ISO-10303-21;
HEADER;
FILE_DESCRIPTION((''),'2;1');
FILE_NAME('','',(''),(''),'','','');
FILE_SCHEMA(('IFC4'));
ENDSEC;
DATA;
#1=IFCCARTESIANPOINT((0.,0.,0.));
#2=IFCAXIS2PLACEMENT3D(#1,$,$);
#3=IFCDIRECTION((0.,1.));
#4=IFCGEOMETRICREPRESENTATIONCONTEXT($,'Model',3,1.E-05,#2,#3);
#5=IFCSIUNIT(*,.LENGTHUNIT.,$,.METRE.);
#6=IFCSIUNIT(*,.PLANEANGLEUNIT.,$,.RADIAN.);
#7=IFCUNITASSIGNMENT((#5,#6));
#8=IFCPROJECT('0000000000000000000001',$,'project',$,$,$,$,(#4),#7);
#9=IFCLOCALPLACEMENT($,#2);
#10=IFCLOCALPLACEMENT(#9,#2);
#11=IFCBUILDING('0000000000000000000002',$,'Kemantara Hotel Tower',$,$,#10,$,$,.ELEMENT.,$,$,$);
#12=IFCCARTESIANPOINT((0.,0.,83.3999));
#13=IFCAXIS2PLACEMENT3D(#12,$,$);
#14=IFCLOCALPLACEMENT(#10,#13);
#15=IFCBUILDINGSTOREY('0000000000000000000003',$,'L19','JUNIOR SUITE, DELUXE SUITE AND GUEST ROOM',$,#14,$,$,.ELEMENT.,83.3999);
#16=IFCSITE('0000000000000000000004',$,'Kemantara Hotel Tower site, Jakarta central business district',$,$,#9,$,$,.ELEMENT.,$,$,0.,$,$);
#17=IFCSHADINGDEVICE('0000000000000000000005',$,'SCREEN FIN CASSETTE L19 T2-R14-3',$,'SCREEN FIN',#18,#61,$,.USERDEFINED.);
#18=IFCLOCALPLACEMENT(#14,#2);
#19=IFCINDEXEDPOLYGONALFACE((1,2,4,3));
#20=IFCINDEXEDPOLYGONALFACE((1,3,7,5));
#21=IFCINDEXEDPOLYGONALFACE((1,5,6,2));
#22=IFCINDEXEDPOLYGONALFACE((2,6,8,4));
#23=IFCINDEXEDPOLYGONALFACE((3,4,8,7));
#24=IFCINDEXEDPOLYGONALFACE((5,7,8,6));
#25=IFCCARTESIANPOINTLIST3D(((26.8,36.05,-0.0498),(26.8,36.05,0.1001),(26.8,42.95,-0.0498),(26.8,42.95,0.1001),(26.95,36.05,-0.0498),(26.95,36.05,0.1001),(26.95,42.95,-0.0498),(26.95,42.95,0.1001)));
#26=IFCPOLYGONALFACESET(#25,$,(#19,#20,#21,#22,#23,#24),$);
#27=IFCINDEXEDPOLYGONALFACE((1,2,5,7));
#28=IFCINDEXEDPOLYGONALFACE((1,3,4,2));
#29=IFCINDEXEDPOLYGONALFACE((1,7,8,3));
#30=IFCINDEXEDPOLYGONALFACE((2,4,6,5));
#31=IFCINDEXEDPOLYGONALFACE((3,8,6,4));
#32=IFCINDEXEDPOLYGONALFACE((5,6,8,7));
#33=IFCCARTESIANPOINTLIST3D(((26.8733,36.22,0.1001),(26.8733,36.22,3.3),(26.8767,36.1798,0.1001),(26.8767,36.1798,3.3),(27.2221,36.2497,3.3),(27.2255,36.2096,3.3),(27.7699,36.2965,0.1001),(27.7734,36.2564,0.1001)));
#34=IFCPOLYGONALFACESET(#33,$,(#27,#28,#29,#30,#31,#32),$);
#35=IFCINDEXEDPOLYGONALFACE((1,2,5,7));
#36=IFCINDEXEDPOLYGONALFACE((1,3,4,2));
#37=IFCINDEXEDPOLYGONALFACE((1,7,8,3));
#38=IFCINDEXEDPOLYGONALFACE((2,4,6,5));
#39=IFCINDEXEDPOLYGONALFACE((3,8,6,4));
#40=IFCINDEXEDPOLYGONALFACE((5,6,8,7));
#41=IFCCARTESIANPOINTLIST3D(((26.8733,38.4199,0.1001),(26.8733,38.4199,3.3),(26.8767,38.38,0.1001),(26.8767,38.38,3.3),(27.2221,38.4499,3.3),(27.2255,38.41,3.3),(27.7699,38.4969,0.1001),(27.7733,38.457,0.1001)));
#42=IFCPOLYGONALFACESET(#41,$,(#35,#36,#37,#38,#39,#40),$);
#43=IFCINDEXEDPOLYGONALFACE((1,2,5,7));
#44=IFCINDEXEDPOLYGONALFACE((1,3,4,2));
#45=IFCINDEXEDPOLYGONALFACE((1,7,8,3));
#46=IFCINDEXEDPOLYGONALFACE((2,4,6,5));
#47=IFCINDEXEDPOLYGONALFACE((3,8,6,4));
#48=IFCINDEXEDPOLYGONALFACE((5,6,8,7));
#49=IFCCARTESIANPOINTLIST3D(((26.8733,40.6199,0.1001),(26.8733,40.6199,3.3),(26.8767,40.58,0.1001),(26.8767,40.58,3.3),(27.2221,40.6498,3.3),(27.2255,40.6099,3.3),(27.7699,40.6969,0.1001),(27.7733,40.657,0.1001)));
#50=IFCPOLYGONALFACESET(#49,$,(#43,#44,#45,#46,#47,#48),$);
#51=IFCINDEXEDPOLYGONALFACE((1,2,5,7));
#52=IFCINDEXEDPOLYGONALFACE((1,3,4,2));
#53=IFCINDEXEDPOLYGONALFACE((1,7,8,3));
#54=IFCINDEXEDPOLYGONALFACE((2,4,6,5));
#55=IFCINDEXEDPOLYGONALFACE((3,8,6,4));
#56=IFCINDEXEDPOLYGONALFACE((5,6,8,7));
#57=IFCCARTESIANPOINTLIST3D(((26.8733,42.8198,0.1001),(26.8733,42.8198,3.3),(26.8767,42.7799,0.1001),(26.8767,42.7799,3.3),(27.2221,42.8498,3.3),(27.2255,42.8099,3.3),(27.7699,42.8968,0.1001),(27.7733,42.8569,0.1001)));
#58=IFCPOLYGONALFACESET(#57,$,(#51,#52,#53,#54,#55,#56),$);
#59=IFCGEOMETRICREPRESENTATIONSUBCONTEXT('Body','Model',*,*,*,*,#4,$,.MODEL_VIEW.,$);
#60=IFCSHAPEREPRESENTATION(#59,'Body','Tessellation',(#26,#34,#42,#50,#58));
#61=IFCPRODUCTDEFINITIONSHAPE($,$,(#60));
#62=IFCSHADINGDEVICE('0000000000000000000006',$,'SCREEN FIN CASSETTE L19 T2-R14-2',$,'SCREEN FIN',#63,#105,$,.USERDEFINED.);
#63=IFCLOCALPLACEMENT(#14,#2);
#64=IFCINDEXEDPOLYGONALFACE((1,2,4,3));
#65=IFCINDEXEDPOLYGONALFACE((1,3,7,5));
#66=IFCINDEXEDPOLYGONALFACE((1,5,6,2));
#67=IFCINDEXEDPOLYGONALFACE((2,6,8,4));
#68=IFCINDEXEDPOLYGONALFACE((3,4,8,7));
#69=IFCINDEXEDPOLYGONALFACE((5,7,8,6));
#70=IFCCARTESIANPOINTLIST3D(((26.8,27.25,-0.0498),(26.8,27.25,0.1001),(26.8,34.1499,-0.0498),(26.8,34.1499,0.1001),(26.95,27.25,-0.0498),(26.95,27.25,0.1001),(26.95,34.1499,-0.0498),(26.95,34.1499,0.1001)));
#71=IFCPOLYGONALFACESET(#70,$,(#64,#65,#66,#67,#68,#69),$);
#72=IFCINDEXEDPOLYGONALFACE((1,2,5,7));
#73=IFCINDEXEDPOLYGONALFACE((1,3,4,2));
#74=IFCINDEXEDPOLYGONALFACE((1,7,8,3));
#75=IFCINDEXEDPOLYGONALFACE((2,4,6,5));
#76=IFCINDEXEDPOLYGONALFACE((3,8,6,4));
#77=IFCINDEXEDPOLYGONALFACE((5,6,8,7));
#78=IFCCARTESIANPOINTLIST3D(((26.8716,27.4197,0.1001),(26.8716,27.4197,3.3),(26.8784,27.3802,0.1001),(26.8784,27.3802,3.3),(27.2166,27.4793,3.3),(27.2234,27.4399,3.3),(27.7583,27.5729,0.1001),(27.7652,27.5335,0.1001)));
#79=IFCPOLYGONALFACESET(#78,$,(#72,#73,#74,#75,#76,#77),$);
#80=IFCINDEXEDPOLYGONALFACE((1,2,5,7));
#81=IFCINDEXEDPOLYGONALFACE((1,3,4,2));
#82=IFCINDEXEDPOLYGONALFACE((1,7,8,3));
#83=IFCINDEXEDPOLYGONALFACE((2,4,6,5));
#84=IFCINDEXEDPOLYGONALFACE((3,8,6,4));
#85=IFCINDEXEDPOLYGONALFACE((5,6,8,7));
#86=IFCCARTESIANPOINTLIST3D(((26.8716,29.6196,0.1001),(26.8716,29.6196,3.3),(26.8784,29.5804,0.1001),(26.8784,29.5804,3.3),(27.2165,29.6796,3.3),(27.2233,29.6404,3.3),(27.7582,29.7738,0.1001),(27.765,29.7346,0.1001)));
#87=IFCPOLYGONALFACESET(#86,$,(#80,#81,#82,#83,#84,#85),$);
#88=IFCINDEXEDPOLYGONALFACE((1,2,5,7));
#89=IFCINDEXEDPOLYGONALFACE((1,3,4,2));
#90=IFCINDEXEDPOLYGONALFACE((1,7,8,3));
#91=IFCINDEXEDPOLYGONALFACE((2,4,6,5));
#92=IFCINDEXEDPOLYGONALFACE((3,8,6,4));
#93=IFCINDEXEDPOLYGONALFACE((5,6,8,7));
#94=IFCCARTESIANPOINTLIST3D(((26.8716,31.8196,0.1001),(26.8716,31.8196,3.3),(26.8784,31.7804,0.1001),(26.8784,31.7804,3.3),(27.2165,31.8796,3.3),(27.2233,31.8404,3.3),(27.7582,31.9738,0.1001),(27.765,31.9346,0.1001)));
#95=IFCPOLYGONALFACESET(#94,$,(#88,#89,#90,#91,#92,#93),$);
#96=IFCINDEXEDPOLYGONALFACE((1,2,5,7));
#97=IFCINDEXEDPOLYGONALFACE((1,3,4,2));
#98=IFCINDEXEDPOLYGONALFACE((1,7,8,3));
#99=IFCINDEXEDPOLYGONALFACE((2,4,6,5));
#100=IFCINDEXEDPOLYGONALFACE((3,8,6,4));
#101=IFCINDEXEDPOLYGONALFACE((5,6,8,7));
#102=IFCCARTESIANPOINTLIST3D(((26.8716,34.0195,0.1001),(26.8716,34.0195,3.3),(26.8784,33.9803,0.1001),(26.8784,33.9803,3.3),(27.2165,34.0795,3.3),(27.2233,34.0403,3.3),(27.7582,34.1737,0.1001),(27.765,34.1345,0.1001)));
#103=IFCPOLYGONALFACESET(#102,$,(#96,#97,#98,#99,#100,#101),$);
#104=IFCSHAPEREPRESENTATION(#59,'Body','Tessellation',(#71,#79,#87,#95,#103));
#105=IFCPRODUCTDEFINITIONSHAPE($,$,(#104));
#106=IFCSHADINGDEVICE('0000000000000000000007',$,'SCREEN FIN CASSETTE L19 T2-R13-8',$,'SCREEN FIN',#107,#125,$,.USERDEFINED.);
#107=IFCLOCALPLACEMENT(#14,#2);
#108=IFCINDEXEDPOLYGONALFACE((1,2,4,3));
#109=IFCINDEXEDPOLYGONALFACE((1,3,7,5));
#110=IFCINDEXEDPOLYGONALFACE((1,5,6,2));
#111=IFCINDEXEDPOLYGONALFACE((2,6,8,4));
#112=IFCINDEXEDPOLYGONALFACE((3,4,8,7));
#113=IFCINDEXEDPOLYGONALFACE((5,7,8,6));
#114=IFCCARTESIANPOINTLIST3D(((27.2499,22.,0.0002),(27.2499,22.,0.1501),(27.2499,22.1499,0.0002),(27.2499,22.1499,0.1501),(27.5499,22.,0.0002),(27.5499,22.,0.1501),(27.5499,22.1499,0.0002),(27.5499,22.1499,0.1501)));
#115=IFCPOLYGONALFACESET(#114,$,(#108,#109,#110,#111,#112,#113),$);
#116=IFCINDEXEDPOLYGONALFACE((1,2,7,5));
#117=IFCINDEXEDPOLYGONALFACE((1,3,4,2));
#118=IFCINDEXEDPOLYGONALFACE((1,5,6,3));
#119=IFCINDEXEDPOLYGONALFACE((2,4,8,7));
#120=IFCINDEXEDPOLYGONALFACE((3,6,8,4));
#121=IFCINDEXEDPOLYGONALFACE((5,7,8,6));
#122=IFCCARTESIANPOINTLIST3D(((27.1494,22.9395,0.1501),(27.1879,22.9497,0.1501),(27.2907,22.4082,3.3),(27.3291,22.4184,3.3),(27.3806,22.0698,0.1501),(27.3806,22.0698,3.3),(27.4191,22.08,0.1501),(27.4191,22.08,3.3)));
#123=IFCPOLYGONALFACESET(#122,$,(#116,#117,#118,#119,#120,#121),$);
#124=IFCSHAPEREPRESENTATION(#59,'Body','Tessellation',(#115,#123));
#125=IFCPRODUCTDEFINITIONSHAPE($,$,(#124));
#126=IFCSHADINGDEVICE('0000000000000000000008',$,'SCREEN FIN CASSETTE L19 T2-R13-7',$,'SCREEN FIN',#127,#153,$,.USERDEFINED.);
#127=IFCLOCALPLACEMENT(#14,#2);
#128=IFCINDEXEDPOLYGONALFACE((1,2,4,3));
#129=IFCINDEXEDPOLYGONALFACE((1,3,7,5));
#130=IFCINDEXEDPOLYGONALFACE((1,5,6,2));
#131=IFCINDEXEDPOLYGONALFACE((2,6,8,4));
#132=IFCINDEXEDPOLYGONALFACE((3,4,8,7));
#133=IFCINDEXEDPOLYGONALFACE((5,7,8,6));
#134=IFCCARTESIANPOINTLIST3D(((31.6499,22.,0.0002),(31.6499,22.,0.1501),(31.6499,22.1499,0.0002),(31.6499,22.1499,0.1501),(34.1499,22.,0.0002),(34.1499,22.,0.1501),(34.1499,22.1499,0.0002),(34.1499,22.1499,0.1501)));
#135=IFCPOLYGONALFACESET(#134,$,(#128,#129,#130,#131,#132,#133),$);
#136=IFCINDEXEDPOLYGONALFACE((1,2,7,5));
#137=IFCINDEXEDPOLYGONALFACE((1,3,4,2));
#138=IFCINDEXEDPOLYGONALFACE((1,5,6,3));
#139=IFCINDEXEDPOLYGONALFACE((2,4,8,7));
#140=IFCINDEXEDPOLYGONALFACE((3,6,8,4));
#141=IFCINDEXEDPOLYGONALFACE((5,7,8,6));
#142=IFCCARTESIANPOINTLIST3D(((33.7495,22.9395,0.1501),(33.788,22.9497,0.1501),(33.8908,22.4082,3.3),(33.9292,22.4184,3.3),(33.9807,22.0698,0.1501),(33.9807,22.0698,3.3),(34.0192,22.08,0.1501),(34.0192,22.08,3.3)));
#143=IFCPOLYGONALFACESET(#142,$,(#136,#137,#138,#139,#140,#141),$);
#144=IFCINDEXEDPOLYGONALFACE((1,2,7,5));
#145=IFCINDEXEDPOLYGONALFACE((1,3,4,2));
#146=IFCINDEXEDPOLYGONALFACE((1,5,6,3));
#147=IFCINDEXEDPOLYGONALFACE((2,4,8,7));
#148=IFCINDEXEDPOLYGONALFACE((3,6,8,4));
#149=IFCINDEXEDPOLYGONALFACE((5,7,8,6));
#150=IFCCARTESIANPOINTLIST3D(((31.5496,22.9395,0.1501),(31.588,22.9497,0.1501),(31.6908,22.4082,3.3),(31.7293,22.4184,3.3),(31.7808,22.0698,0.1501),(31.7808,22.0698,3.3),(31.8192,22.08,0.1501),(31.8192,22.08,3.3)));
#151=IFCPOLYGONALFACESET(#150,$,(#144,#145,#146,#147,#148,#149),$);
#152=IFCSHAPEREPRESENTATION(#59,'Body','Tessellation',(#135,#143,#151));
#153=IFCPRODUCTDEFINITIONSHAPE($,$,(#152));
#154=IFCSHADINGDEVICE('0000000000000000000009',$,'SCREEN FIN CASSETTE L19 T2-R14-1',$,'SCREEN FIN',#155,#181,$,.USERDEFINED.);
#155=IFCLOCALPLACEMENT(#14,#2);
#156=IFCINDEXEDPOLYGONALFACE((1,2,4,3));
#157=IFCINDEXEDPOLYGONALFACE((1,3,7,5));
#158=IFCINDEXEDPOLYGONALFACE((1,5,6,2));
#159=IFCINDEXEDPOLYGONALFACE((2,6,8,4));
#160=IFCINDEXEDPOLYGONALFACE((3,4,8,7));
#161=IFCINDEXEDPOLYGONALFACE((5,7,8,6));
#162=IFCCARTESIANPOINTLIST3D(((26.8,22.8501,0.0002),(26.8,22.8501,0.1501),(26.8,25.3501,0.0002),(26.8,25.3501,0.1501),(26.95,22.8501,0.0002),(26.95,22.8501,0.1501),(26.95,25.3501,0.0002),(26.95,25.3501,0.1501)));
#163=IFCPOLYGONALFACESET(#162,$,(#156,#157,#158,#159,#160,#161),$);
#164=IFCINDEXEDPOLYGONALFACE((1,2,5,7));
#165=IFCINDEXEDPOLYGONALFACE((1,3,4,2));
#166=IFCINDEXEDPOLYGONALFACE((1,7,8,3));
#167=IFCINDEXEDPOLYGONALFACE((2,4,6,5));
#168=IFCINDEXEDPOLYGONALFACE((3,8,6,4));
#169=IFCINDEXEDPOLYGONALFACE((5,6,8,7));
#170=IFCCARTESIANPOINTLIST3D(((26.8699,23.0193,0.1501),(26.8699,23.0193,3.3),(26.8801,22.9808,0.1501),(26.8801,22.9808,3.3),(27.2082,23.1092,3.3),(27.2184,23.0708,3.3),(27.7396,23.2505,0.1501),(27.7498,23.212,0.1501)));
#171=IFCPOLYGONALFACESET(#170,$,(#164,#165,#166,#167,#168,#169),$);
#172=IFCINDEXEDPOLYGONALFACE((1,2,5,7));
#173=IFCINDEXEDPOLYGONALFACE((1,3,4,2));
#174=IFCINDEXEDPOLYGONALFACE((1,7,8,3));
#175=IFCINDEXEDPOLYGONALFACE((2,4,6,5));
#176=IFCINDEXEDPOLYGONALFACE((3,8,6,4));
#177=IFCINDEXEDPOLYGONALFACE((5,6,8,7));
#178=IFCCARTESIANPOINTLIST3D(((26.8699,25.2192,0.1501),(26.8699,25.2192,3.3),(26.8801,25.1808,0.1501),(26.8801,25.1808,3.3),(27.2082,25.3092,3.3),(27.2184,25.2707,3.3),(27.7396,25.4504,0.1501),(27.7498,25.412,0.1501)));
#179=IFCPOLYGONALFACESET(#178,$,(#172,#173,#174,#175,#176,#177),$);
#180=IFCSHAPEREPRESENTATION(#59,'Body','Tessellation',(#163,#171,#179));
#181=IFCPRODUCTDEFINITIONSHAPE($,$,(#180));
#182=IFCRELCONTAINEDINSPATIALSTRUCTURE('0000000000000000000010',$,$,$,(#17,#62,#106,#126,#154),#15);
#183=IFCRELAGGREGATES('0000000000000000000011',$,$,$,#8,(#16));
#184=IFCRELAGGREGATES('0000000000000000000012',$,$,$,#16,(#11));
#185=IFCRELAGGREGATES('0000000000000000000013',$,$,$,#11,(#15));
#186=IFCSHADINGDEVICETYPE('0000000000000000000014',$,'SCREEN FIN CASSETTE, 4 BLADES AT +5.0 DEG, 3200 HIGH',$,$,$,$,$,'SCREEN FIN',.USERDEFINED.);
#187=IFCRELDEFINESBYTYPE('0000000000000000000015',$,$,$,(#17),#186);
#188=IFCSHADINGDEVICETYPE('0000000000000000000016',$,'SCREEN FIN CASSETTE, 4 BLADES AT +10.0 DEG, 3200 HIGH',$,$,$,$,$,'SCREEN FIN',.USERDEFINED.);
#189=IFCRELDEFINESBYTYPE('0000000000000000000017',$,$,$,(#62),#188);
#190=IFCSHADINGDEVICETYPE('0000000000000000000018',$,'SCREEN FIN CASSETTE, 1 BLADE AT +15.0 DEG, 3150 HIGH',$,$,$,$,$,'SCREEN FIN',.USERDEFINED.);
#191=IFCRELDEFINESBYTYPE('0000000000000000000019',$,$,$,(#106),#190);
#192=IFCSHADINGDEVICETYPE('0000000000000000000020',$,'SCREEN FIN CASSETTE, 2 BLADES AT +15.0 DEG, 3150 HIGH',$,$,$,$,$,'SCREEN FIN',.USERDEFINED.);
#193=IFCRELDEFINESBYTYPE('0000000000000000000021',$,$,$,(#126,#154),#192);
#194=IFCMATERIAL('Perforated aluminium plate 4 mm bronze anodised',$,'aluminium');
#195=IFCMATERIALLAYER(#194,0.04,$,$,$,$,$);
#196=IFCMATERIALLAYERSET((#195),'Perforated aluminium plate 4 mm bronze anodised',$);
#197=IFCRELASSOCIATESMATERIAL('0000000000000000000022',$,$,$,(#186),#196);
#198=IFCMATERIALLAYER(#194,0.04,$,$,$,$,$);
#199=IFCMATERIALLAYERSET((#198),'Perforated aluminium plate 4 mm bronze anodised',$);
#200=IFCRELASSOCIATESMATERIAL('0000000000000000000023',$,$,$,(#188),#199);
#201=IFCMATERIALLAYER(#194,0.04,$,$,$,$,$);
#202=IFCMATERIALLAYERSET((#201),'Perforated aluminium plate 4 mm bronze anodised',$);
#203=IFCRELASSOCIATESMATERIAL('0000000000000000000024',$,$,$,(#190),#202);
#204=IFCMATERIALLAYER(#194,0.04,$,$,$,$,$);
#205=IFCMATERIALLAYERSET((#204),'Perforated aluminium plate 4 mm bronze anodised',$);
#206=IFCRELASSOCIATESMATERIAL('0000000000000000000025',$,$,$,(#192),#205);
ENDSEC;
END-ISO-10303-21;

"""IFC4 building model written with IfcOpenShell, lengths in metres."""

from ifc_helpers import new_model, si_unit, direction, frame, origin, origin_2d, place, context, subcontext, project, spatial, polyline, rectangle, outline, extrude, source, transform, mapped, material, layer, layer_set, type_object, element, save


model = new_model("IFC4")

# Units and contexts
model_context = context("Model", 3, precision=1e-05, world=origin(), true_north=direction((0.0, 1.0)))
body_context = subcontext(model_context, "Body", "Model", "MODEL_VIEW")
ifc_project = project(units=[si_unit("LENGTHUNIT", "METRE"), si_unit("PLANEANGLEUNIT", "RADIAN")], contexts=[model_context])

# Site, building, storey
site_placement = place(None, origin())
site = spatial("IfcSite", under=ifc_project, at=site_placement, Name="Kemantara Hotel Tower site, Jakarta central business district", CompositionType="ELEMENT", RefElevation=0.0)
building_placement = place(site_placement, origin())
building = spatial("IfcBuilding", under=site, at=building_placement, Name="Kemantara Hotel Tower", CompositionType="ELEMENT")
storey_placement = place(building_placement, frame((0.0, 0.0, 83.3999)))
storey = spatial("IfcBuildingStorey", under=building, at=storey_placement, Name="L19", Description="JUNIOR SUITE, DELUXE SUITE AND GUEST ROOM", CompositionType="ELEMENT", Elevation=83.3999)

# Shading devices
ifc_material_1 = material(Name="Perforated aluminium plate 4 mm bronze anodised", Category="aluminium")
ifc_layer_1 = layer(ifc_material_1, 0.04)
ifc_layer_set_1 = layer_set([ifc_layer_1], Name="Perforated aluminium plate 4 mm bronze anodised")
shading_device_type_1 = type_object("IfcShadingDeviceType", Name="SCREEN FIN CASSETTE, 4 BLADES AT +5.0 DEG, 3200 HIGH", ElementType="SCREEN FIN", PredefinedType="USERDEFINED", material=ifc_layer_set_1)
shared_shape_1 = source(origin(), body_context, "Body", "SweptSolid", [
    extrude(rectangle(XDim=6.8999, YDim=0.1499, at=origin_2d()), frame((3.3, -0.075, -0.1499), z_axis=(0.0, 0.0, 1.0), x_axis=(1.0, 0.0, 0.0)), (0.0, 0.0, 1.0), 0.1499),
    extrude(outline(polyline([(0.0, 0.0), (0.8999, 0.0), (0.3501, 3.2), (0.0, 3.2), (0.0, 0.0)])), frame((0.02, -0.0732, 0.0), z_axis=(-0.996376, -0.085056, 0.0), x_axis=(0.085056, -0.996376, 0.0)), (0.0, 0.0, 1.0), 0.0403),
    extrude(outline(polyline([(0.0, 0.0), (0.8999, 0.0), (0.3501, 3.2), (0.0, 3.2), (0.0, 0.0)])), frame((2.22, -0.0732, 0.0), z_axis=(-0.996332, -0.085575, 0.0), x_axis=(0.085575, -0.996332, 0.0)), (0.0, 0.0, 1.0), 0.04),
    extrude(outline(polyline([(0.0, 0.0), (0.8999, 0.0), (0.3501, 3.2), (0.0, 3.2), (0.0, 0.0)])), frame((4.4199, -0.0732, 0.0), z_axis=(-0.996332, -0.085575, 0.0), x_axis=(0.085575, -0.996332, 0.0)), (0.0, 0.0, 1.0), 0.04),
    extrude(outline(polyline([(0.0, 0.0), (0.8999, 0.0), (0.3501, 3.2), (0.0, 3.2), (0.0, 0.0)])), frame((6.6199, -0.0732, 0.0), z_axis=(-0.996332, -0.085575, 0.0), x_axis=(0.085575, -0.996332, 0.0)), (0.0, 0.0, 1.0), 0.04),
])
shading_device_1_placement = place(storey_placement, frame((26.8, 36.2, 0.1001), z_axis=(0.0, 0.0, 1.0), x_axis=(0.0, 1.0, 0.0)))
element("IfcShadingDevice", 1, at=shading_device_1_placement, inside=storey, type_object=shading_device_type_1, Name="SCREEN FIN CASSETTE L19 T2-R14-3", ObjectType="SCREEN FIN", PredefinedType="USERDEFINED", context=body_context, shape_type="MappedRepresentation", body=[
    mapped(shared_shape_1, transform((0.0, 0.0, 0.0))),
])
ifc_layer_2 = layer(ifc_material_1, 0.04)
ifc_layer_set_2 = layer_set([ifc_layer_2], Name="Perforated aluminium plate 4 mm bronze anodised")
shading_device_type_2 = type_object("IfcShadingDeviceType", Name="SCREEN FIN CASSETTE, 4 BLADES AT +10.0 DEG, 3200 HIGH", ElementType="SCREEN FIN", PredefinedType="USERDEFINED", material=ifc_layer_set_2)
shared_shape_2 = source(origin(), body_context, "Body", "SweptSolid", [
    extrude(rectangle(XDim=6.8999, YDim=0.1499, at=origin_2d()), frame((3.3, -0.075, -0.1499), z_axis=(0.0, 0.0, 1.0), x_axis=(1.0, 0.0, 0.0)), (0.0, 0.0, 1.0), 0.1499),
    extrude(outline(polyline([(0.0, 0.0), (0.8999, 0.0), (0.3501, 3.2), (0.0, 3.2), (0.0, 0.0)])), frame((0.0198, -0.0715, 0.0), z_axis=(-0.98539, -0.170314, 0.0), x_axis=(0.170314, -0.98539, 0.0)), (0.0, 0.0, 1.0), 0.04),
    extrude(outline(polyline([(0.0, 0.0), (0.8999, 0.0), (0.3501, 3.2), (0.0, 3.2), (0.0, 0.0)])), frame((2.2197, -0.0715, 0.0), z_axis=(-0.985212, -0.171341, 0.0), x_axis=(0.171341, -0.985212, 0.0)), (0.0, 0.0, 1.0), 0.0398),
    extrude(outline(polyline([(0.0, 0.0), (0.8999, 0.0), (0.3501, 3.2), (0.0, 3.2), (0.0, 0.0)])), frame((4.4197, -0.0715, 0.0), z_axis=(-0.985212, -0.171341, 0.0), x_axis=(0.171341, -0.985212, 0.0)), (0.0, 0.0, 1.0), 0.0398),
    extrude(outline(polyline([(0.0, 0.0), (0.8999, 0.0), (0.3501, 3.2), (0.0, 3.2), (0.0, 0.0)])), frame((6.6196, -0.0715, 0.0), z_axis=(-0.985212, -0.171341, 0.0), x_axis=(0.171341, -0.985212, 0.0)), (0.0, 0.0, 1.0), 0.0398),
])
shading_device_2_placement = place(storey_placement, frame((26.8, 27.3999, 0.1001), z_axis=(0.0, 0.0, 1.0), x_axis=(0.0, 1.0, 0.0)))
element("IfcShadingDevice", 2, at=shading_device_2_placement, inside=storey, type_object=shading_device_type_2, Name="SCREEN FIN CASSETTE L19 T2-R14-2", ObjectType="SCREEN FIN", PredefinedType="USERDEFINED", context=body_context, shape_type="MappedRepresentation", body=[
    mapped(shared_shape_2, transform((0.0, 0.0, 0.0))),
])
ifc_layer_3 = layer(ifc_material_1, 0.04)
ifc_layer_set_3 = layer_set([ifc_layer_3], Name="Perforated aluminium plate 4 mm bronze anodised")
shading_device_type_3 = type_object("IfcShadingDeviceType", Name="SCREEN FIN CASSETTE, 1 BLADE AT +15.0 DEG, 3150 HIGH", ElementType="SCREEN FIN", PredefinedType="USERDEFINED", material=ifc_layer_set_3)
shared_shape_3 = source(origin(), body_context, "Body", "SweptSolid", [
    extrude(rectangle(XDim=0.3, YDim=0.1499, at=origin_2d()), frame((0.0, -0.075, -0.1499), z_axis=(0.0, 0.0, 1.0), x_axis=(1.0, 0.0, 0.0)), (0.0, 0.0, 1.0), 0.1499),
    extrude(outline(polyline([(0.0, 0.0), (0.8999, 0.0), (0.3501, 3.1499), (0.0, 3.1499), (0.0, 0.0)])), frame((0.0193, -0.0698, 0.0), z_axis=(-0.966438, -0.256901, 0.0), x_axis=(0.256901, -0.966438, 0.0)), (0.0, 0.0, 1.0), 0.0398),
])
shading_device_3_placement = place(storey_placement, frame((27.3999, 22.0, 0.1501), z_axis=(0.0, 0.0, 1.0), x_axis=(-1.0, 0.0, 0.0)))
element("IfcShadingDevice", 3, at=shading_device_3_placement, inside=storey, type_object=shading_device_type_3, Name="SCREEN FIN CASSETTE L19 T2-R13-8", ObjectType="SCREEN FIN", PredefinedType="USERDEFINED", context=body_context, shape_type="MappedRepresentation", body=[
    mapped(shared_shape_3, transform((0.0, 0.0, 0.0))),
])
ifc_layer_4 = layer(ifc_material_1, 0.04)
ifc_layer_set_4 = layer_set([ifc_layer_4], Name="Perforated aluminium plate 4 mm bronze anodised")
shading_device_type_4 = type_object("IfcShadingDeviceType", Name="SCREEN FIN CASSETTE, 2 BLADES AT +15.0 DEG, 3150 HIGH", ElementType="SCREEN FIN", PredefinedType="USERDEFINED", material=ifc_layer_set_4)
shared_shape_4 = source(origin(), body_context, "Body", "SweptSolid", [
    extrude(rectangle(XDim=2.5, YDim=0.1499, at=origin_2d()), frame((1.1001, -0.075, -0.1499), z_axis=(0.0, 0.0, 1.0), x_axis=(1.0, 0.0, 0.0)), (0.0, 0.0, 1.0), 0.1499),
    extrude(outline(polyline([(0.0, 0.0), (0.8999, 0.0), (0.3501, 3.1499), (0.0, 3.1499), (0.0, 0.0)])), frame((0.0193, -0.0698, 0.0), z_axis=(-0.966438, -0.256901, 0.0), x_axis=(0.256901, -0.966438, 0.0)), (0.0, 0.0, 1.0), 0.0398),
    extrude(outline(polyline([(0.0, 0.0), (0.8999, 0.0), (0.3501, 3.1499), (0.0, 3.1499), (0.0, 0.0)])), frame((2.2192, -0.0698, 0.0), z_axis=(-0.966438, -0.256901, 0.0), x_axis=(0.256901, -0.966438, 0.0)), (0.0, 0.0, 1.0), 0.0398),
])
for number, where, z_axis, x_axis, name in (
    (4, (34.0, 22.0, 0.1501), (0.0, 0.0, 1.0), (-1.0, 0.0, 0.0), "SCREEN FIN CASSETTE L19 T2-R13-7"),
    (5, (26.8, 23.0, 0.1501), (0.0, 0.0, 1.0), (0.0, 1.0, 0.0), "SCREEN FIN CASSETTE L19 T2-R14-1"),
):
    element("IfcShadingDevice", number, at=place(storey_placement, frame(where, z_axis=z_axis, x_axis=x_axis)), inside=storey, type_object=shading_device_type_4, Name=name, ObjectType="SCREEN FIN", PredefinedType="USERDEFINED", context=body_context, shape_type="MappedRepresentation", body=[
        mapped(shared_shape_4, transform((0.0, 0.0, 0.0))),
    ])

save(model, "model.ifc")
